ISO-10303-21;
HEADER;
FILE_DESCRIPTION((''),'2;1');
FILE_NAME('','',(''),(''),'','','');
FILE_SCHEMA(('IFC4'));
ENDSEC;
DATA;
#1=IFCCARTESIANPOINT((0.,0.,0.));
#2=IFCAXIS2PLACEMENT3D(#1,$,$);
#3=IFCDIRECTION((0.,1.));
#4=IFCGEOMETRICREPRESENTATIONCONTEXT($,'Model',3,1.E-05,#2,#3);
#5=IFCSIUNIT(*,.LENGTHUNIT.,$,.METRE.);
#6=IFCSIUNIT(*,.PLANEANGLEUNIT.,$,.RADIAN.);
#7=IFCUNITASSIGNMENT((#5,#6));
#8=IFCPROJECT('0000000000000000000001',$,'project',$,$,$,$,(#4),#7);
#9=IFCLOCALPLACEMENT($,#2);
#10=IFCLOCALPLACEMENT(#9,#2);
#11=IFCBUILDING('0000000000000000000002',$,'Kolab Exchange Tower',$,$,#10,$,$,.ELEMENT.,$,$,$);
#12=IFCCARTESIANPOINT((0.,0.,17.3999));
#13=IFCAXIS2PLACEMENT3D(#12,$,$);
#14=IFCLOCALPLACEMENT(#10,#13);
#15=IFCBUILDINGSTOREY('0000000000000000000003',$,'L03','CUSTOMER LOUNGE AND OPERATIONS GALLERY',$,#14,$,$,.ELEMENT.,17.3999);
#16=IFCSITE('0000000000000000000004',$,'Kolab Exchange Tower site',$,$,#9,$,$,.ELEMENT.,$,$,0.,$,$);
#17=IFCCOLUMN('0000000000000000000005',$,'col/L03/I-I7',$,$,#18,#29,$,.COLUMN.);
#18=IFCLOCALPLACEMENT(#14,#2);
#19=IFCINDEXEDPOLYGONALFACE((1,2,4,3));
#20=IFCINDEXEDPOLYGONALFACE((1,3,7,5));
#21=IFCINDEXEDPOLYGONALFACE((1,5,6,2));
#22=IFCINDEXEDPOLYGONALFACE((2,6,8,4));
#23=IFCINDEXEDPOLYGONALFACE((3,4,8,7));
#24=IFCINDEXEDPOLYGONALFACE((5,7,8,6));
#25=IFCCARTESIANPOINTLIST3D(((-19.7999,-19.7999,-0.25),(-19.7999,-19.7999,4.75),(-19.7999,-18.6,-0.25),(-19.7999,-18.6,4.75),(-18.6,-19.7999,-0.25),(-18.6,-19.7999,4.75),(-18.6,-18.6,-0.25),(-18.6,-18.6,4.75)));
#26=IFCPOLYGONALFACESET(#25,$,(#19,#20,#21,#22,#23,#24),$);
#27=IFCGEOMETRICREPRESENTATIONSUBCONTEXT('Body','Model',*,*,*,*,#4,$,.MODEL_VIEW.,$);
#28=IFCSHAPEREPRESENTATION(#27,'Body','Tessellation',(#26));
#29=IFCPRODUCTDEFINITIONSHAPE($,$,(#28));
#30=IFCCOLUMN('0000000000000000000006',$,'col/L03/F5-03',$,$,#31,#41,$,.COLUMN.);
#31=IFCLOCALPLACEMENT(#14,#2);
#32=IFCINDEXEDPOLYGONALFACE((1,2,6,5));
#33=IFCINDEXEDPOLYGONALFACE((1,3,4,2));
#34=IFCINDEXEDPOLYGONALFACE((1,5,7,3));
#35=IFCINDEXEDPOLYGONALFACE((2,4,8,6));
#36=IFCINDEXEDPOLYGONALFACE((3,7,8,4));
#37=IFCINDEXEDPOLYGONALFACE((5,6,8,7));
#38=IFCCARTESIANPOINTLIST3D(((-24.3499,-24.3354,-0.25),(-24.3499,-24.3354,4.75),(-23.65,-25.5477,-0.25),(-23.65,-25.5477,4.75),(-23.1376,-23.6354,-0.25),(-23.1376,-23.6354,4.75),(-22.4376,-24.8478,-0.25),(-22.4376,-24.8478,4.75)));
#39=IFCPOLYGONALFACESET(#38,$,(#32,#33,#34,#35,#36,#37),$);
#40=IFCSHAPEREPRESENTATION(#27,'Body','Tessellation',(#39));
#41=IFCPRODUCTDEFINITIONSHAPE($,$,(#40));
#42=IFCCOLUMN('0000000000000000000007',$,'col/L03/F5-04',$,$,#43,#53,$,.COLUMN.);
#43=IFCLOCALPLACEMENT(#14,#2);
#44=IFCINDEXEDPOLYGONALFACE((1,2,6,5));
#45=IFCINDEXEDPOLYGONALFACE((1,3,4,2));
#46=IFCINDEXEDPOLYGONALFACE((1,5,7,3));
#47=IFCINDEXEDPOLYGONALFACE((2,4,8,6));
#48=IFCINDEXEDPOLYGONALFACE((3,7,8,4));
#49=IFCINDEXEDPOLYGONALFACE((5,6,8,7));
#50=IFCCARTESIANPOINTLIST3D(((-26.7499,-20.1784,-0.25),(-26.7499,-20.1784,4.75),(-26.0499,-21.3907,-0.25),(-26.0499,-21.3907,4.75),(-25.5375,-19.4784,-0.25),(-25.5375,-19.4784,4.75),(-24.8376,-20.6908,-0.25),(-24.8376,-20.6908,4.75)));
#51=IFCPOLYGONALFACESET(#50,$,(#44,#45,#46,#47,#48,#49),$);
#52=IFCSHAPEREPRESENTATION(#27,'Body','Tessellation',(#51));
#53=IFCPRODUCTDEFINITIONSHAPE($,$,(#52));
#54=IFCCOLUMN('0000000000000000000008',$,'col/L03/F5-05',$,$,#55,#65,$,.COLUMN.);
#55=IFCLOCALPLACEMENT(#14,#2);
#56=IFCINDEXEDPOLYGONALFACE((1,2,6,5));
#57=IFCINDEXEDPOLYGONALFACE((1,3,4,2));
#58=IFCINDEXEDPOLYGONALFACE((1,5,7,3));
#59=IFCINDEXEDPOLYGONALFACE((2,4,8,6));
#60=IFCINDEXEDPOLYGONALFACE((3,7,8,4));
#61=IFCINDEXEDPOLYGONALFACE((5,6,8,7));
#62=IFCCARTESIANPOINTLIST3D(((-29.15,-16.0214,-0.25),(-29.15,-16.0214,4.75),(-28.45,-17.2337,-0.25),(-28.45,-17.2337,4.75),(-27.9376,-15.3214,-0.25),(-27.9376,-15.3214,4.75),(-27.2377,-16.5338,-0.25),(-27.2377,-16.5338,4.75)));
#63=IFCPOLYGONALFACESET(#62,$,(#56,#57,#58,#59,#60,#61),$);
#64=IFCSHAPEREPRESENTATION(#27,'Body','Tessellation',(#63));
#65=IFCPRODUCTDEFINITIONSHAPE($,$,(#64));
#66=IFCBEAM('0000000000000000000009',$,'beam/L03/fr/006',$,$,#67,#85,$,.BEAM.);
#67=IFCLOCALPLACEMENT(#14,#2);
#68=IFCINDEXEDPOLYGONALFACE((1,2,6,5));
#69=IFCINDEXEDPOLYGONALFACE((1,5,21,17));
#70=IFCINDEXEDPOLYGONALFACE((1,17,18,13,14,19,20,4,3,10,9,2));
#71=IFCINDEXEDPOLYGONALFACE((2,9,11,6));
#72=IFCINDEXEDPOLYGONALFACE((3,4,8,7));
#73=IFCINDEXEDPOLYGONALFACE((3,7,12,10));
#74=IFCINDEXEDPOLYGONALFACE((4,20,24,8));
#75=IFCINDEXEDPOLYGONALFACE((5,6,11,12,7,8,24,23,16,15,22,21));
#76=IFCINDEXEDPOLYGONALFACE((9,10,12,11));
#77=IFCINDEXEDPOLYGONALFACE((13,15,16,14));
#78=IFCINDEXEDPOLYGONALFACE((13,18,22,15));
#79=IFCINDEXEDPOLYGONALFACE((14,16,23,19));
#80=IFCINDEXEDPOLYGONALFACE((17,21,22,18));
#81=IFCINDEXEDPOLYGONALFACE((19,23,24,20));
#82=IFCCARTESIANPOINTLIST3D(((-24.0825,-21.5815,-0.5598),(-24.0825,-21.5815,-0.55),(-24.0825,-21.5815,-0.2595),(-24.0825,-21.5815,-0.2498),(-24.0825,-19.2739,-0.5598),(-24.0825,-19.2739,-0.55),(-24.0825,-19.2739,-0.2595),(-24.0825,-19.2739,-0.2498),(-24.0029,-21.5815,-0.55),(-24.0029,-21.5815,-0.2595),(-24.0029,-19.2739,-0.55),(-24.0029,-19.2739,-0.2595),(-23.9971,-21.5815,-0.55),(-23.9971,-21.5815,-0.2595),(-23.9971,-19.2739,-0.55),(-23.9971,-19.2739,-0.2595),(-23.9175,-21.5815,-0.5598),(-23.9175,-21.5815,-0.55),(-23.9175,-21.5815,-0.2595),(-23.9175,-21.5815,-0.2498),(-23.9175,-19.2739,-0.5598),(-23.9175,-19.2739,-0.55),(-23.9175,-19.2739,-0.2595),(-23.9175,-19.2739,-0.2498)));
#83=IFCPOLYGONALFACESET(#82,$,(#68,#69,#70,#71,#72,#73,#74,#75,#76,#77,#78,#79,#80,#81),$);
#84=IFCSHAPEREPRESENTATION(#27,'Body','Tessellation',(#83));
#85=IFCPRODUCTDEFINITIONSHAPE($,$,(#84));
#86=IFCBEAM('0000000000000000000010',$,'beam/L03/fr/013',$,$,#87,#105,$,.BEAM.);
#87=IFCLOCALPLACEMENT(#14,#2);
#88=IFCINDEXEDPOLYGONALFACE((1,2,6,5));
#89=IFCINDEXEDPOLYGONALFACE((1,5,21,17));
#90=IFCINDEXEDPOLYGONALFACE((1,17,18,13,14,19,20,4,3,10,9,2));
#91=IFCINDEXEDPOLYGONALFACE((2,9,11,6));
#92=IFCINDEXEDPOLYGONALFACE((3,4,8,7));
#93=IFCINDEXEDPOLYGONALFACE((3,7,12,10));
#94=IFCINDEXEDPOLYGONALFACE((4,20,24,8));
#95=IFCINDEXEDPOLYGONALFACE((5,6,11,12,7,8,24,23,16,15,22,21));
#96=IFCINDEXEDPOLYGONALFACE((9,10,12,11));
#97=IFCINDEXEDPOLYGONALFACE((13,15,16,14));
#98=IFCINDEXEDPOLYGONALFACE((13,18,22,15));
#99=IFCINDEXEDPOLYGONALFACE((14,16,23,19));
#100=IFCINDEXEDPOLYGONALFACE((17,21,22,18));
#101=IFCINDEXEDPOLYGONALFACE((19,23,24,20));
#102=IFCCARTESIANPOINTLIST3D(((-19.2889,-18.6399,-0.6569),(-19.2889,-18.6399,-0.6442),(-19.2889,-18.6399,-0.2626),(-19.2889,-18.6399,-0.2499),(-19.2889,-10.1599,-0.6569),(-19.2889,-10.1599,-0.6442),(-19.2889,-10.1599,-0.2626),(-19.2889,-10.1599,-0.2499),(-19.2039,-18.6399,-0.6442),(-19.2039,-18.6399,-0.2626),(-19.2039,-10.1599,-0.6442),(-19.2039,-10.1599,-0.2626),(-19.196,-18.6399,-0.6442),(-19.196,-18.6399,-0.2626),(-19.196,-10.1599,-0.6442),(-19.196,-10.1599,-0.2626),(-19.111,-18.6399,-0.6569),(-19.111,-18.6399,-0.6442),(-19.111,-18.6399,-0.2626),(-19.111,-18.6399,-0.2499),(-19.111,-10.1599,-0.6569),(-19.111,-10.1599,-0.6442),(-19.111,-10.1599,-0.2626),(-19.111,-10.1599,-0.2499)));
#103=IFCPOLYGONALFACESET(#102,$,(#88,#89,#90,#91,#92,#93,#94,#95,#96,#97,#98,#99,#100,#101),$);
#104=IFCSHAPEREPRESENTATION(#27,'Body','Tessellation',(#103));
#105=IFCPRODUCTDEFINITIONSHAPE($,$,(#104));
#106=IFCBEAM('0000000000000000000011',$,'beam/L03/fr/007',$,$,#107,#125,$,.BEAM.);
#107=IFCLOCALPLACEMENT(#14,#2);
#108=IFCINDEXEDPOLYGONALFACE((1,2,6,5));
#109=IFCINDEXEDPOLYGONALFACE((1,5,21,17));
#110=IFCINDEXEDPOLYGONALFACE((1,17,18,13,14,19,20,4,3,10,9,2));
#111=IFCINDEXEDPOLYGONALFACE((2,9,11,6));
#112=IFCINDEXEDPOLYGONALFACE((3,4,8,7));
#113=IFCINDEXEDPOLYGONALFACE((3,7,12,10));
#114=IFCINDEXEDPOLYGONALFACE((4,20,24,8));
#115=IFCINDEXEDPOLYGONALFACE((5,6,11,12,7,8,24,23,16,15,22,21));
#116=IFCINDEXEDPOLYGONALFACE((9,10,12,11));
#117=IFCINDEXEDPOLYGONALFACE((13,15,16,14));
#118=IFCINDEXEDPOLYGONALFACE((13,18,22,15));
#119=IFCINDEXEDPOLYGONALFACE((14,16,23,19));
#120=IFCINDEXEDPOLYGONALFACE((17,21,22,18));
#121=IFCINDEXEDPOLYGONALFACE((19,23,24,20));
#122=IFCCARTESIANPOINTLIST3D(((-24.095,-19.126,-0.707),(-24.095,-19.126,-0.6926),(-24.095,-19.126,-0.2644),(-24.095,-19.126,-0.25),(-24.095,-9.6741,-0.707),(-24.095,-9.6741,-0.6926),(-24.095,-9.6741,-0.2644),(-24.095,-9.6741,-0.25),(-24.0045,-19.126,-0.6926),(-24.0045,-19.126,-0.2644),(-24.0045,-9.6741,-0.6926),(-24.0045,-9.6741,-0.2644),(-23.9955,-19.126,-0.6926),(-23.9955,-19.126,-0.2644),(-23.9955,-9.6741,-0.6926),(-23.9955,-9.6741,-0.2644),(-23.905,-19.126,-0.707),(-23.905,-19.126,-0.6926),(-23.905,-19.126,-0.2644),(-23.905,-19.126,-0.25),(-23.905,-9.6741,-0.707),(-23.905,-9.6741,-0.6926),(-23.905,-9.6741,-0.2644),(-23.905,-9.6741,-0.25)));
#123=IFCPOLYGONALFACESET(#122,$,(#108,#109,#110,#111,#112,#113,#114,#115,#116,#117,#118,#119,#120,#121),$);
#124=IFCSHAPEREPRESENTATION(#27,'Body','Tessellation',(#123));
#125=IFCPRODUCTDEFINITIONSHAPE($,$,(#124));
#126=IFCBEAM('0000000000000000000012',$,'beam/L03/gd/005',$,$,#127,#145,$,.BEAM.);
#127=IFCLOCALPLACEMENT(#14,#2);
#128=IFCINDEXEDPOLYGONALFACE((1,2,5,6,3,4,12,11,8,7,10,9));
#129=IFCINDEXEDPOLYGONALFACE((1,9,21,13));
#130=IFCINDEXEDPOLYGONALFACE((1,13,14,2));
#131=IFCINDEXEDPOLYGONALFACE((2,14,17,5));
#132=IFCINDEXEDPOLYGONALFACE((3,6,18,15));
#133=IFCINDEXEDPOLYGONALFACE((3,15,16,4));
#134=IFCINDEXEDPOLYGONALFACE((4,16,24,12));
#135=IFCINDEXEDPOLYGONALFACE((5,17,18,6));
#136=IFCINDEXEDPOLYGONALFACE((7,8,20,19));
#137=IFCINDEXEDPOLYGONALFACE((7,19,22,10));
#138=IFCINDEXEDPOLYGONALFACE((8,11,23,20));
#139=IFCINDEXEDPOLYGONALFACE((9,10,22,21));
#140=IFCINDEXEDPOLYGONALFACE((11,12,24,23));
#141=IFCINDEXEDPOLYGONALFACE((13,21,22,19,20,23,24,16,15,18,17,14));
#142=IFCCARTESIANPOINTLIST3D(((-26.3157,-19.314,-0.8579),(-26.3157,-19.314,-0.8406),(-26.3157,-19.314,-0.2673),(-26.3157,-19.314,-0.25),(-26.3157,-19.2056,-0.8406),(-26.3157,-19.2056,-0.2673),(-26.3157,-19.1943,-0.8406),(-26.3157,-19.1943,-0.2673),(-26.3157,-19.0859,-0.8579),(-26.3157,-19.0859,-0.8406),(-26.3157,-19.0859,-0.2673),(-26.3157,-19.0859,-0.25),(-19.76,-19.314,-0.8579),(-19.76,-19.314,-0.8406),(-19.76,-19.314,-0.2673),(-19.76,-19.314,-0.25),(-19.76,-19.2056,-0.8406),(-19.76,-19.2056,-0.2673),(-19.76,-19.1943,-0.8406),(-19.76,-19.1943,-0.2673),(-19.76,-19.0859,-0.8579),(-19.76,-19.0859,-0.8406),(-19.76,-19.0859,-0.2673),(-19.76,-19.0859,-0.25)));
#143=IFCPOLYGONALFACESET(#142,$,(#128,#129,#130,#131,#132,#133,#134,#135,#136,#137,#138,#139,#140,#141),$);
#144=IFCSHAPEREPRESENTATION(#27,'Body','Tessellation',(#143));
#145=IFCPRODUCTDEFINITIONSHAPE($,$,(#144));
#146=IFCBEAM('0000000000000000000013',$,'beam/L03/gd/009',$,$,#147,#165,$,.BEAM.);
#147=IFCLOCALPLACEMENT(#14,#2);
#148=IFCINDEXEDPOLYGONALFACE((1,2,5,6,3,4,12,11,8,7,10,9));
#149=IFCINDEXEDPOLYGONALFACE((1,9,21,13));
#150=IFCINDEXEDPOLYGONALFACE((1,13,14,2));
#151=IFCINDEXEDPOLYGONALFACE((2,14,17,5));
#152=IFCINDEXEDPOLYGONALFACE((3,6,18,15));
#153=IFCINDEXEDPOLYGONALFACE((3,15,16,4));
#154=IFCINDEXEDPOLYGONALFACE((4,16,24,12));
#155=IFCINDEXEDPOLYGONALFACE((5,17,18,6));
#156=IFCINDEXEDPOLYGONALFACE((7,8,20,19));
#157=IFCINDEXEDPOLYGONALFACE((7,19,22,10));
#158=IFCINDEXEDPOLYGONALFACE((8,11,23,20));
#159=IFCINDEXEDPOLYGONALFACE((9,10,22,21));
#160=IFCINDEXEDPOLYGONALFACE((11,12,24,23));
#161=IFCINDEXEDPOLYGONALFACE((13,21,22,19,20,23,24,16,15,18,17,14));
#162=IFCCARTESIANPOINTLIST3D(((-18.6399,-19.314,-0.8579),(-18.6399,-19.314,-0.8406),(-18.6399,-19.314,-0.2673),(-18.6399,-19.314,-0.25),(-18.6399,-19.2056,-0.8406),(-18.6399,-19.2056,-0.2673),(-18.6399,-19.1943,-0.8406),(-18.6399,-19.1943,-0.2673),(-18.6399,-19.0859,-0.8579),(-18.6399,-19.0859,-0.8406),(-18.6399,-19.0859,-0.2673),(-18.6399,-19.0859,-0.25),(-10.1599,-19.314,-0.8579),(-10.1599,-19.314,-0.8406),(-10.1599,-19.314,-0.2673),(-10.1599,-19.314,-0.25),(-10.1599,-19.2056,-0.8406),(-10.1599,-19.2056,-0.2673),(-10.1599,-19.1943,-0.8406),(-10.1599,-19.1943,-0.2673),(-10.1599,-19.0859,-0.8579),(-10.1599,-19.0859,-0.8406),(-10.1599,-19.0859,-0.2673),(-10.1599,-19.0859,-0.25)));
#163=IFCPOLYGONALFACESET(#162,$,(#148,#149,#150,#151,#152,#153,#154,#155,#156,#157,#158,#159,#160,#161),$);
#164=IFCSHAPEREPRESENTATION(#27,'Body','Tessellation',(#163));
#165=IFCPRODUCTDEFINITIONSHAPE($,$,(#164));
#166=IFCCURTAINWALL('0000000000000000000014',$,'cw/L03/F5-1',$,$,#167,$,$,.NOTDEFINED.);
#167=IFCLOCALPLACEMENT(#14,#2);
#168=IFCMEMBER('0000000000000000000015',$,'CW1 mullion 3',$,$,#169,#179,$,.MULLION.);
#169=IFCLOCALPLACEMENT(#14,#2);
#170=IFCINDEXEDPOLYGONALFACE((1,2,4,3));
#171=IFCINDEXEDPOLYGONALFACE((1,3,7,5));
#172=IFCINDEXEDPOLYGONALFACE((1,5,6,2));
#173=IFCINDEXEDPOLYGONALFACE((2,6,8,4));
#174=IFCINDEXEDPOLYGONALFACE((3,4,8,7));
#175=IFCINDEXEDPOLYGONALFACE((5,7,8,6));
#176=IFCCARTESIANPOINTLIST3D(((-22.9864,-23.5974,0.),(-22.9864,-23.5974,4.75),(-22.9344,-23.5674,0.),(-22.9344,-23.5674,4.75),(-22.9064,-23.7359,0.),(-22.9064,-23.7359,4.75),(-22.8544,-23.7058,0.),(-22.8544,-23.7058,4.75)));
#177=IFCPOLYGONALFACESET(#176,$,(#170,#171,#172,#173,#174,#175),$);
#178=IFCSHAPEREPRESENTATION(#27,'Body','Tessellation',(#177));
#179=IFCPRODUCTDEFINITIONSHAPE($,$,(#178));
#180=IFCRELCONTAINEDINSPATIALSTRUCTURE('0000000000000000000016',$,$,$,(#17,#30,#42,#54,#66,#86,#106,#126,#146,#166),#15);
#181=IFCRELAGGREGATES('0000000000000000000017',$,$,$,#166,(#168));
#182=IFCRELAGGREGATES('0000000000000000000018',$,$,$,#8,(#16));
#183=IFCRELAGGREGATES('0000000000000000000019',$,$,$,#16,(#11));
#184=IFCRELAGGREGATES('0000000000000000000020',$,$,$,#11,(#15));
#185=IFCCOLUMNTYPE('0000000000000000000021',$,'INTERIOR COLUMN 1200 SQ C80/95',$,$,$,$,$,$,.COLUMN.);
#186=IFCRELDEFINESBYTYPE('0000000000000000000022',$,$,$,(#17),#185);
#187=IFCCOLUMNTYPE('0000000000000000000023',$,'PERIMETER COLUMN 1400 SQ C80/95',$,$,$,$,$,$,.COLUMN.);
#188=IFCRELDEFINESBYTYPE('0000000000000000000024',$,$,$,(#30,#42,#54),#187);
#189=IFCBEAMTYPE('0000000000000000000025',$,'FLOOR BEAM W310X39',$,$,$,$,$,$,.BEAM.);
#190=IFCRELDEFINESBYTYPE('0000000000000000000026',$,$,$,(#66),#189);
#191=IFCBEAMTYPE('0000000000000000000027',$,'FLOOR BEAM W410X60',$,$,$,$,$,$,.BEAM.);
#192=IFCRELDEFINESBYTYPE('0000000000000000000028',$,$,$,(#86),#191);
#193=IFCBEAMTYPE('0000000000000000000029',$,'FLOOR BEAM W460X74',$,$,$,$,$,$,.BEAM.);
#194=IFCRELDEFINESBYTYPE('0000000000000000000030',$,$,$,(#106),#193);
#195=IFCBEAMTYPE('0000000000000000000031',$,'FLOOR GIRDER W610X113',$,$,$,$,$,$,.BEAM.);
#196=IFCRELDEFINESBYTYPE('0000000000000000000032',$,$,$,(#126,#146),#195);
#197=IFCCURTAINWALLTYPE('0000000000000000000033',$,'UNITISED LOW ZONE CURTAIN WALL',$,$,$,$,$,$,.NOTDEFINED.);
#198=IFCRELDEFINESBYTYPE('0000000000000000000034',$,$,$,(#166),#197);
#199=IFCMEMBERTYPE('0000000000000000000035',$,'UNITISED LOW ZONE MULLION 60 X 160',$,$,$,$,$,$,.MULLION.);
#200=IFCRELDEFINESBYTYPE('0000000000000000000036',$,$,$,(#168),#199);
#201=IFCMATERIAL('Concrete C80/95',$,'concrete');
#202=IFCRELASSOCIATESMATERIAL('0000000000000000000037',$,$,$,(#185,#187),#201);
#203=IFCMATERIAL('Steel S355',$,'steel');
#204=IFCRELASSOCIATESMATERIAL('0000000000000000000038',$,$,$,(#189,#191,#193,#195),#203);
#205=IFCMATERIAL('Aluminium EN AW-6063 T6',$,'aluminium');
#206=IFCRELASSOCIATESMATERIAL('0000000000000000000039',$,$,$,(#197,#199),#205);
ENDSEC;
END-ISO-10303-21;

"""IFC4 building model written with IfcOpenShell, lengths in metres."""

from ifc_helpers import new_model, si_unit, direction, frame, origin, origin_2d, place, context, subcontext, project, spatial, rectangle, i_section, extrude, material, material_profile, profile_set, type_object, element, aggregate, save


model = new_model("IFC4")

# Units and contexts
model_context = context("Model", 3, precision=1e-05, world=origin(), true_north=direction((0.0, 1.0)))
body_context = subcontext(model_context, "Body", "Model", "MODEL_VIEW")
ifc_project = project(units=[si_unit("LENGTHUNIT", "METRE"), si_unit("PLANEANGLEUNIT", "RADIAN")], contexts=[model_context])

# Site, building, storey
site_placement = place(None, origin())
site = spatial("IfcSite", under=ifc_project, at=site_placement, Name="Kolab Exchange Tower site", CompositionType="ELEMENT", RefElevation=0.0)
building_placement = place(site_placement, origin())
building = spatial("IfcBuilding", under=site, at=building_placement, Name="Kolab Exchange Tower", CompositionType="ELEMENT")
storey_placement = place(building_placement, frame((0.0, 0.0, 17.3999)))
storey = spatial("IfcBuildingStorey", under=building, at=storey_placement, Name="L03", Description="CUSTOMER LOUNGE AND OPERATIONS GALLERY", CompositionType="ELEMENT", Elevation=17.3999)

# Columns
ifc_material_1 = material(Name="Concrete C80/95", Category="concrete")
ifc_material_profile_1 = material_profile(ifc_material_1, rectangle(XDim=1.2, YDim=1.2, at=origin_2d()), Name="RC1200")
ifc_profile_set_1 = profile_set([ifc_material_profile_1], Name="Concrete C80/95")
column_type_1 = type_object("IfcColumnType", Name="INTERIOR COLUMN 1200 SQ C80/95", PredefinedType="COLUMN", material=ifc_profile_set_1)
column_placement = place(storey_placement, frame((-19.2, -19.2, -0.25), z_axis=(0.0, 0.0, 1.0), x_axis=(1.0, 0.0, 0.0)))
element("IfcColumn", 1, at=column_placement, inside=storey, type_object=column_type_1, Name="col/L03/I-I7", PredefinedType="COLUMN", context=body_context, shape_type="SweptSolid", body=[
    extrude(rectangle(XDim=1.2, YDim=1.2, at=origin_2d()), origin(), (0.0, 0.0, 1.0), 5.0),
])
ifc_material_profile_2 = material_profile(ifc_material_1, rectangle(XDim=1.3999, YDim=1.3999, at=origin_2d()), Name="RC1400")
ifc_profile_set_2 = profile_set([ifc_material_profile_2], Name="Concrete C80/95")
column_type_2 = type_object("IfcColumnType", Name="PERIMETER COLUMN 1400 SQ C80/95", PredefinedType="COLUMN", material=ifc_profile_set_2)
for number, where, z_axis, x_axis, name in (
    (2, (-23.3938, -24.5916, -0.25), (0.0, 0.0, 1.0), (0.866025, 0.5, 0.0), "col/L03/F5-03"),
    (3, (-25.7937, -20.4346, -0.25), (0.0, 0.0, 1.0), (0.866025, 0.5, 0.0), "col/L03/F5-04"),
    (4, (-28.1938, -16.2776, -0.25), (0.0, 0.0, 1.0), (0.866025, 0.5, 0.0), "col/L03/F5-05"),
):
    element("IfcColumn", number, at=place(storey_placement, frame(where, z_axis=z_axis, x_axis=x_axis)), inside=storey, type_object=column_type_2, Name=name, PredefinedType="COLUMN", context=body_context, shape_type="SweptSolid", body=[
        extrude(rectangle(XDim=1.3999, YDim=1.3999, at=origin_2d()), origin(), (0.0, 0.0, 1.0), 5.0),
    ])

# Beams
ifc_material_2 = material(Name="Steel S355", Category="steel")
ifc_material_profile_3 = material_profile(ifc_material_2, i_section(OverallWidth=0.165, OverallDepth=0.3101, WebThickness=0.0059, FlangeThickness=0.0098, at=origin_2d()), Name="W310X39")
ifc_profile_set_3 = profile_set([ifc_material_profile_3], Name="Steel S355")
beam_type_1 = type_object("IfcBeamType", Name="FLOOR BEAM W310X39", PredefinedType="BEAM", material=ifc_profile_set_3)
beam_1_placement = place(storey_placement, frame((-24.0, -21.5815, -0.4048), z_axis=(0.0, 1.0, 0.0), x_axis=(-1.0, 0.0, 0.0)))
element("IfcBeam", 5, at=beam_1_placement, inside=storey, type_object=beam_type_1, Name="beam/L03/fr/006", PredefinedType="BEAM", context=body_context, shape_type="SweptSolid", body=[
    extrude(i_section(OverallWidth=0.165, OverallDepth=0.3101, WebThickness=0.0059, FlangeThickness=0.0098, at=origin_2d()), origin(), (0.0, 0.0, 1.0), 2.3076),
])
ifc_material_profile_4 = material_profile(ifc_material_2, i_section(OverallWidth=0.178, OverallDepth=0.407, WebThickness=0.0078, FlangeThickness=0.0127, at=origin_2d()), Name="W410X60")
ifc_profile_set_4 = profile_set([ifc_material_profile_4], Name="Steel S355")
beam_type_2 = type_object("IfcBeamType", Name="FLOOR BEAM W410X60", PredefinedType="BEAM", material=ifc_profile_set_4)
beam_2_placement = place(storey_placement, frame((-19.2, -18.6399, -0.4534), z_axis=(0.0, 1.0, 0.0), x_axis=(-1.0, 0.0, 0.0)))
element("IfcBeam", 6, at=beam_2_placement, inside=storey, type_object=beam_type_2, Name="beam/L03/fr/013", PredefinedType="BEAM", context=body_context, shape_type="SweptSolid", body=[
    extrude(i_section(OverallWidth=0.178, OverallDepth=0.407, WebThickness=0.0078, FlangeThickness=0.0127, at=origin_2d()), origin(), (0.0, 0.0, 1.0), 8.48),
])
ifc_material_profile_5 = material_profile(ifc_material_2, i_section(OverallWidth=0.1899, OverallDepth=0.457, WebThickness=0.009, FlangeThickness=0.0144, at=origin_2d()), Name="W460X74")
ifc_profile_set_5 = profile_set([ifc_material_profile_5], Name="Steel S355")
beam_type_3 = type_object("IfcBeamType", Name="FLOOR BEAM W460X74", PredefinedType="BEAM", material=ifc_profile_set_5)
beam_3_placement = place(storey_placement, frame((-24.0, -19.126, -0.4785), z_axis=(0.0, 1.0, 0.0), x_axis=(-1.0, 0.0, 0.0)))
element("IfcBeam", 7, at=beam_3_placement, inside=storey, type_object=beam_type_3, Name="beam/L03/fr/007", PredefinedType="BEAM", context=body_context, shape_type="SweptSolid", body=[
    extrude(i_section(OverallWidth=0.1899, OverallDepth=0.457, WebThickness=0.009, FlangeThickness=0.0144, at=origin_2d()), origin(), (0.0, 0.0, 1.0), 9.4519),
])
ifc_material_profile_6 = material_profile(ifc_material_2, i_section(OverallWidth=0.228, OverallDepth=0.6079, WebThickness=0.0112, FlangeThickness=0.0173, at=origin_2d()), Name="W610X113")
ifc_profile_set_6 = profile_set([ifc_material_profile_6], Name="Steel S355")
beam_type_4 = type_object("IfcBeamType", Name="FLOOR GIRDER W610X113", PredefinedType="BEAM", material=ifc_profile_set_6)
beam_4_placement = place(storey_placement, frame((-26.3157, -19.2, -0.554), z_axis=(1.0, 0.0, 0.0), x_axis=(0.0, 1.0, 0.0)))
element("IfcBeam", 8, at=beam_4_placement, inside=storey, type_object=beam_type_4, Name="beam/L03/gd/005", PredefinedType="BEAM", context=body_context, shape_type="SweptSolid", body=[
    extrude(i_section(OverallWidth=0.228, OverallDepth=0.6079, WebThickness=0.0112, FlangeThickness=0.0173, at=origin_2d()), origin(), (0.0, 0.0, 1.0), 6.5557),
])
beam_5_placement = place(storey_placement, frame((-18.6399, -19.2, -0.554), z_axis=(1.0, 0.0, 0.0), x_axis=(0.0, 1.0, 0.0)))
element("IfcBeam", 9, at=beam_5_placement, inside=storey, type_object=beam_type_4, Name="beam/L03/gd/009", PredefinedType="BEAM", context=body_context, shape_type="SweptSolid", body=[
    extrude(i_section(OverallWidth=0.228, OverallDepth=0.6079, WebThickness=0.0112, FlangeThickness=0.0173, at=origin_2d()), origin(), (0.0, 0.0, 1.0), 8.48),
])

# Curtain wall, member
ifc_material_3 = material(Name="Aluminium EN AW-6063 T6", Category="aluminium")
curtain_wall_type = type_object("IfcCurtainWallType", Name="UNITISED LOW ZONE CURTAIN WALL", PredefinedType="NOTDEFINED", material=ifc_material_3)
curtain_wall_1_placement = place(storey_placement, origin())
curtain_wall_1 = element("IfcCurtainWall", 10, at=curtain_wall_1_placement, inside=storey, type_object=curtain_wall_type, Name="cw/L03/F5-1", PredefinedType="NOTDEFINED")
ifc_material_profile_7 = material_profile(ifc_material_3, rectangle(XDim=0.0601, YDim=0.1599, at=origin_2d()), Name="RECT 60X160")
ifc_profile_set_7 = profile_set([ifc_material_profile_7], Name="Aluminium EN AW-6063 T6")
member_type_1 = type_object("IfcMemberType", Name="UNITISED LOW ZONE MULLION 60 X 160", PredefinedType="MULLION", material=ifc_profile_set_7)
member_1_placement = place(storey_placement, frame((-22.9204, -23.6516, 0.0), z_axis=(0.0, 0.0, 1.0), x_axis=(-0.866025, -0.5, 0.0)))
member_1 = element("IfcMember", 11, at=member_1_placement, type_object=member_type_1, Name="CW1 mullion 3", PredefinedType="MULLION", context=body_context, shape_type="SweptSolid", body=[
    extrude(rectangle(XDim=0.0601, YDim=0.1599, at=origin_2d()), origin(), (0.0, 0.0, 1.0), 4.75),
])

aggregate(curtain_wall_1, [member_1])

save(model, "model.ifc")
